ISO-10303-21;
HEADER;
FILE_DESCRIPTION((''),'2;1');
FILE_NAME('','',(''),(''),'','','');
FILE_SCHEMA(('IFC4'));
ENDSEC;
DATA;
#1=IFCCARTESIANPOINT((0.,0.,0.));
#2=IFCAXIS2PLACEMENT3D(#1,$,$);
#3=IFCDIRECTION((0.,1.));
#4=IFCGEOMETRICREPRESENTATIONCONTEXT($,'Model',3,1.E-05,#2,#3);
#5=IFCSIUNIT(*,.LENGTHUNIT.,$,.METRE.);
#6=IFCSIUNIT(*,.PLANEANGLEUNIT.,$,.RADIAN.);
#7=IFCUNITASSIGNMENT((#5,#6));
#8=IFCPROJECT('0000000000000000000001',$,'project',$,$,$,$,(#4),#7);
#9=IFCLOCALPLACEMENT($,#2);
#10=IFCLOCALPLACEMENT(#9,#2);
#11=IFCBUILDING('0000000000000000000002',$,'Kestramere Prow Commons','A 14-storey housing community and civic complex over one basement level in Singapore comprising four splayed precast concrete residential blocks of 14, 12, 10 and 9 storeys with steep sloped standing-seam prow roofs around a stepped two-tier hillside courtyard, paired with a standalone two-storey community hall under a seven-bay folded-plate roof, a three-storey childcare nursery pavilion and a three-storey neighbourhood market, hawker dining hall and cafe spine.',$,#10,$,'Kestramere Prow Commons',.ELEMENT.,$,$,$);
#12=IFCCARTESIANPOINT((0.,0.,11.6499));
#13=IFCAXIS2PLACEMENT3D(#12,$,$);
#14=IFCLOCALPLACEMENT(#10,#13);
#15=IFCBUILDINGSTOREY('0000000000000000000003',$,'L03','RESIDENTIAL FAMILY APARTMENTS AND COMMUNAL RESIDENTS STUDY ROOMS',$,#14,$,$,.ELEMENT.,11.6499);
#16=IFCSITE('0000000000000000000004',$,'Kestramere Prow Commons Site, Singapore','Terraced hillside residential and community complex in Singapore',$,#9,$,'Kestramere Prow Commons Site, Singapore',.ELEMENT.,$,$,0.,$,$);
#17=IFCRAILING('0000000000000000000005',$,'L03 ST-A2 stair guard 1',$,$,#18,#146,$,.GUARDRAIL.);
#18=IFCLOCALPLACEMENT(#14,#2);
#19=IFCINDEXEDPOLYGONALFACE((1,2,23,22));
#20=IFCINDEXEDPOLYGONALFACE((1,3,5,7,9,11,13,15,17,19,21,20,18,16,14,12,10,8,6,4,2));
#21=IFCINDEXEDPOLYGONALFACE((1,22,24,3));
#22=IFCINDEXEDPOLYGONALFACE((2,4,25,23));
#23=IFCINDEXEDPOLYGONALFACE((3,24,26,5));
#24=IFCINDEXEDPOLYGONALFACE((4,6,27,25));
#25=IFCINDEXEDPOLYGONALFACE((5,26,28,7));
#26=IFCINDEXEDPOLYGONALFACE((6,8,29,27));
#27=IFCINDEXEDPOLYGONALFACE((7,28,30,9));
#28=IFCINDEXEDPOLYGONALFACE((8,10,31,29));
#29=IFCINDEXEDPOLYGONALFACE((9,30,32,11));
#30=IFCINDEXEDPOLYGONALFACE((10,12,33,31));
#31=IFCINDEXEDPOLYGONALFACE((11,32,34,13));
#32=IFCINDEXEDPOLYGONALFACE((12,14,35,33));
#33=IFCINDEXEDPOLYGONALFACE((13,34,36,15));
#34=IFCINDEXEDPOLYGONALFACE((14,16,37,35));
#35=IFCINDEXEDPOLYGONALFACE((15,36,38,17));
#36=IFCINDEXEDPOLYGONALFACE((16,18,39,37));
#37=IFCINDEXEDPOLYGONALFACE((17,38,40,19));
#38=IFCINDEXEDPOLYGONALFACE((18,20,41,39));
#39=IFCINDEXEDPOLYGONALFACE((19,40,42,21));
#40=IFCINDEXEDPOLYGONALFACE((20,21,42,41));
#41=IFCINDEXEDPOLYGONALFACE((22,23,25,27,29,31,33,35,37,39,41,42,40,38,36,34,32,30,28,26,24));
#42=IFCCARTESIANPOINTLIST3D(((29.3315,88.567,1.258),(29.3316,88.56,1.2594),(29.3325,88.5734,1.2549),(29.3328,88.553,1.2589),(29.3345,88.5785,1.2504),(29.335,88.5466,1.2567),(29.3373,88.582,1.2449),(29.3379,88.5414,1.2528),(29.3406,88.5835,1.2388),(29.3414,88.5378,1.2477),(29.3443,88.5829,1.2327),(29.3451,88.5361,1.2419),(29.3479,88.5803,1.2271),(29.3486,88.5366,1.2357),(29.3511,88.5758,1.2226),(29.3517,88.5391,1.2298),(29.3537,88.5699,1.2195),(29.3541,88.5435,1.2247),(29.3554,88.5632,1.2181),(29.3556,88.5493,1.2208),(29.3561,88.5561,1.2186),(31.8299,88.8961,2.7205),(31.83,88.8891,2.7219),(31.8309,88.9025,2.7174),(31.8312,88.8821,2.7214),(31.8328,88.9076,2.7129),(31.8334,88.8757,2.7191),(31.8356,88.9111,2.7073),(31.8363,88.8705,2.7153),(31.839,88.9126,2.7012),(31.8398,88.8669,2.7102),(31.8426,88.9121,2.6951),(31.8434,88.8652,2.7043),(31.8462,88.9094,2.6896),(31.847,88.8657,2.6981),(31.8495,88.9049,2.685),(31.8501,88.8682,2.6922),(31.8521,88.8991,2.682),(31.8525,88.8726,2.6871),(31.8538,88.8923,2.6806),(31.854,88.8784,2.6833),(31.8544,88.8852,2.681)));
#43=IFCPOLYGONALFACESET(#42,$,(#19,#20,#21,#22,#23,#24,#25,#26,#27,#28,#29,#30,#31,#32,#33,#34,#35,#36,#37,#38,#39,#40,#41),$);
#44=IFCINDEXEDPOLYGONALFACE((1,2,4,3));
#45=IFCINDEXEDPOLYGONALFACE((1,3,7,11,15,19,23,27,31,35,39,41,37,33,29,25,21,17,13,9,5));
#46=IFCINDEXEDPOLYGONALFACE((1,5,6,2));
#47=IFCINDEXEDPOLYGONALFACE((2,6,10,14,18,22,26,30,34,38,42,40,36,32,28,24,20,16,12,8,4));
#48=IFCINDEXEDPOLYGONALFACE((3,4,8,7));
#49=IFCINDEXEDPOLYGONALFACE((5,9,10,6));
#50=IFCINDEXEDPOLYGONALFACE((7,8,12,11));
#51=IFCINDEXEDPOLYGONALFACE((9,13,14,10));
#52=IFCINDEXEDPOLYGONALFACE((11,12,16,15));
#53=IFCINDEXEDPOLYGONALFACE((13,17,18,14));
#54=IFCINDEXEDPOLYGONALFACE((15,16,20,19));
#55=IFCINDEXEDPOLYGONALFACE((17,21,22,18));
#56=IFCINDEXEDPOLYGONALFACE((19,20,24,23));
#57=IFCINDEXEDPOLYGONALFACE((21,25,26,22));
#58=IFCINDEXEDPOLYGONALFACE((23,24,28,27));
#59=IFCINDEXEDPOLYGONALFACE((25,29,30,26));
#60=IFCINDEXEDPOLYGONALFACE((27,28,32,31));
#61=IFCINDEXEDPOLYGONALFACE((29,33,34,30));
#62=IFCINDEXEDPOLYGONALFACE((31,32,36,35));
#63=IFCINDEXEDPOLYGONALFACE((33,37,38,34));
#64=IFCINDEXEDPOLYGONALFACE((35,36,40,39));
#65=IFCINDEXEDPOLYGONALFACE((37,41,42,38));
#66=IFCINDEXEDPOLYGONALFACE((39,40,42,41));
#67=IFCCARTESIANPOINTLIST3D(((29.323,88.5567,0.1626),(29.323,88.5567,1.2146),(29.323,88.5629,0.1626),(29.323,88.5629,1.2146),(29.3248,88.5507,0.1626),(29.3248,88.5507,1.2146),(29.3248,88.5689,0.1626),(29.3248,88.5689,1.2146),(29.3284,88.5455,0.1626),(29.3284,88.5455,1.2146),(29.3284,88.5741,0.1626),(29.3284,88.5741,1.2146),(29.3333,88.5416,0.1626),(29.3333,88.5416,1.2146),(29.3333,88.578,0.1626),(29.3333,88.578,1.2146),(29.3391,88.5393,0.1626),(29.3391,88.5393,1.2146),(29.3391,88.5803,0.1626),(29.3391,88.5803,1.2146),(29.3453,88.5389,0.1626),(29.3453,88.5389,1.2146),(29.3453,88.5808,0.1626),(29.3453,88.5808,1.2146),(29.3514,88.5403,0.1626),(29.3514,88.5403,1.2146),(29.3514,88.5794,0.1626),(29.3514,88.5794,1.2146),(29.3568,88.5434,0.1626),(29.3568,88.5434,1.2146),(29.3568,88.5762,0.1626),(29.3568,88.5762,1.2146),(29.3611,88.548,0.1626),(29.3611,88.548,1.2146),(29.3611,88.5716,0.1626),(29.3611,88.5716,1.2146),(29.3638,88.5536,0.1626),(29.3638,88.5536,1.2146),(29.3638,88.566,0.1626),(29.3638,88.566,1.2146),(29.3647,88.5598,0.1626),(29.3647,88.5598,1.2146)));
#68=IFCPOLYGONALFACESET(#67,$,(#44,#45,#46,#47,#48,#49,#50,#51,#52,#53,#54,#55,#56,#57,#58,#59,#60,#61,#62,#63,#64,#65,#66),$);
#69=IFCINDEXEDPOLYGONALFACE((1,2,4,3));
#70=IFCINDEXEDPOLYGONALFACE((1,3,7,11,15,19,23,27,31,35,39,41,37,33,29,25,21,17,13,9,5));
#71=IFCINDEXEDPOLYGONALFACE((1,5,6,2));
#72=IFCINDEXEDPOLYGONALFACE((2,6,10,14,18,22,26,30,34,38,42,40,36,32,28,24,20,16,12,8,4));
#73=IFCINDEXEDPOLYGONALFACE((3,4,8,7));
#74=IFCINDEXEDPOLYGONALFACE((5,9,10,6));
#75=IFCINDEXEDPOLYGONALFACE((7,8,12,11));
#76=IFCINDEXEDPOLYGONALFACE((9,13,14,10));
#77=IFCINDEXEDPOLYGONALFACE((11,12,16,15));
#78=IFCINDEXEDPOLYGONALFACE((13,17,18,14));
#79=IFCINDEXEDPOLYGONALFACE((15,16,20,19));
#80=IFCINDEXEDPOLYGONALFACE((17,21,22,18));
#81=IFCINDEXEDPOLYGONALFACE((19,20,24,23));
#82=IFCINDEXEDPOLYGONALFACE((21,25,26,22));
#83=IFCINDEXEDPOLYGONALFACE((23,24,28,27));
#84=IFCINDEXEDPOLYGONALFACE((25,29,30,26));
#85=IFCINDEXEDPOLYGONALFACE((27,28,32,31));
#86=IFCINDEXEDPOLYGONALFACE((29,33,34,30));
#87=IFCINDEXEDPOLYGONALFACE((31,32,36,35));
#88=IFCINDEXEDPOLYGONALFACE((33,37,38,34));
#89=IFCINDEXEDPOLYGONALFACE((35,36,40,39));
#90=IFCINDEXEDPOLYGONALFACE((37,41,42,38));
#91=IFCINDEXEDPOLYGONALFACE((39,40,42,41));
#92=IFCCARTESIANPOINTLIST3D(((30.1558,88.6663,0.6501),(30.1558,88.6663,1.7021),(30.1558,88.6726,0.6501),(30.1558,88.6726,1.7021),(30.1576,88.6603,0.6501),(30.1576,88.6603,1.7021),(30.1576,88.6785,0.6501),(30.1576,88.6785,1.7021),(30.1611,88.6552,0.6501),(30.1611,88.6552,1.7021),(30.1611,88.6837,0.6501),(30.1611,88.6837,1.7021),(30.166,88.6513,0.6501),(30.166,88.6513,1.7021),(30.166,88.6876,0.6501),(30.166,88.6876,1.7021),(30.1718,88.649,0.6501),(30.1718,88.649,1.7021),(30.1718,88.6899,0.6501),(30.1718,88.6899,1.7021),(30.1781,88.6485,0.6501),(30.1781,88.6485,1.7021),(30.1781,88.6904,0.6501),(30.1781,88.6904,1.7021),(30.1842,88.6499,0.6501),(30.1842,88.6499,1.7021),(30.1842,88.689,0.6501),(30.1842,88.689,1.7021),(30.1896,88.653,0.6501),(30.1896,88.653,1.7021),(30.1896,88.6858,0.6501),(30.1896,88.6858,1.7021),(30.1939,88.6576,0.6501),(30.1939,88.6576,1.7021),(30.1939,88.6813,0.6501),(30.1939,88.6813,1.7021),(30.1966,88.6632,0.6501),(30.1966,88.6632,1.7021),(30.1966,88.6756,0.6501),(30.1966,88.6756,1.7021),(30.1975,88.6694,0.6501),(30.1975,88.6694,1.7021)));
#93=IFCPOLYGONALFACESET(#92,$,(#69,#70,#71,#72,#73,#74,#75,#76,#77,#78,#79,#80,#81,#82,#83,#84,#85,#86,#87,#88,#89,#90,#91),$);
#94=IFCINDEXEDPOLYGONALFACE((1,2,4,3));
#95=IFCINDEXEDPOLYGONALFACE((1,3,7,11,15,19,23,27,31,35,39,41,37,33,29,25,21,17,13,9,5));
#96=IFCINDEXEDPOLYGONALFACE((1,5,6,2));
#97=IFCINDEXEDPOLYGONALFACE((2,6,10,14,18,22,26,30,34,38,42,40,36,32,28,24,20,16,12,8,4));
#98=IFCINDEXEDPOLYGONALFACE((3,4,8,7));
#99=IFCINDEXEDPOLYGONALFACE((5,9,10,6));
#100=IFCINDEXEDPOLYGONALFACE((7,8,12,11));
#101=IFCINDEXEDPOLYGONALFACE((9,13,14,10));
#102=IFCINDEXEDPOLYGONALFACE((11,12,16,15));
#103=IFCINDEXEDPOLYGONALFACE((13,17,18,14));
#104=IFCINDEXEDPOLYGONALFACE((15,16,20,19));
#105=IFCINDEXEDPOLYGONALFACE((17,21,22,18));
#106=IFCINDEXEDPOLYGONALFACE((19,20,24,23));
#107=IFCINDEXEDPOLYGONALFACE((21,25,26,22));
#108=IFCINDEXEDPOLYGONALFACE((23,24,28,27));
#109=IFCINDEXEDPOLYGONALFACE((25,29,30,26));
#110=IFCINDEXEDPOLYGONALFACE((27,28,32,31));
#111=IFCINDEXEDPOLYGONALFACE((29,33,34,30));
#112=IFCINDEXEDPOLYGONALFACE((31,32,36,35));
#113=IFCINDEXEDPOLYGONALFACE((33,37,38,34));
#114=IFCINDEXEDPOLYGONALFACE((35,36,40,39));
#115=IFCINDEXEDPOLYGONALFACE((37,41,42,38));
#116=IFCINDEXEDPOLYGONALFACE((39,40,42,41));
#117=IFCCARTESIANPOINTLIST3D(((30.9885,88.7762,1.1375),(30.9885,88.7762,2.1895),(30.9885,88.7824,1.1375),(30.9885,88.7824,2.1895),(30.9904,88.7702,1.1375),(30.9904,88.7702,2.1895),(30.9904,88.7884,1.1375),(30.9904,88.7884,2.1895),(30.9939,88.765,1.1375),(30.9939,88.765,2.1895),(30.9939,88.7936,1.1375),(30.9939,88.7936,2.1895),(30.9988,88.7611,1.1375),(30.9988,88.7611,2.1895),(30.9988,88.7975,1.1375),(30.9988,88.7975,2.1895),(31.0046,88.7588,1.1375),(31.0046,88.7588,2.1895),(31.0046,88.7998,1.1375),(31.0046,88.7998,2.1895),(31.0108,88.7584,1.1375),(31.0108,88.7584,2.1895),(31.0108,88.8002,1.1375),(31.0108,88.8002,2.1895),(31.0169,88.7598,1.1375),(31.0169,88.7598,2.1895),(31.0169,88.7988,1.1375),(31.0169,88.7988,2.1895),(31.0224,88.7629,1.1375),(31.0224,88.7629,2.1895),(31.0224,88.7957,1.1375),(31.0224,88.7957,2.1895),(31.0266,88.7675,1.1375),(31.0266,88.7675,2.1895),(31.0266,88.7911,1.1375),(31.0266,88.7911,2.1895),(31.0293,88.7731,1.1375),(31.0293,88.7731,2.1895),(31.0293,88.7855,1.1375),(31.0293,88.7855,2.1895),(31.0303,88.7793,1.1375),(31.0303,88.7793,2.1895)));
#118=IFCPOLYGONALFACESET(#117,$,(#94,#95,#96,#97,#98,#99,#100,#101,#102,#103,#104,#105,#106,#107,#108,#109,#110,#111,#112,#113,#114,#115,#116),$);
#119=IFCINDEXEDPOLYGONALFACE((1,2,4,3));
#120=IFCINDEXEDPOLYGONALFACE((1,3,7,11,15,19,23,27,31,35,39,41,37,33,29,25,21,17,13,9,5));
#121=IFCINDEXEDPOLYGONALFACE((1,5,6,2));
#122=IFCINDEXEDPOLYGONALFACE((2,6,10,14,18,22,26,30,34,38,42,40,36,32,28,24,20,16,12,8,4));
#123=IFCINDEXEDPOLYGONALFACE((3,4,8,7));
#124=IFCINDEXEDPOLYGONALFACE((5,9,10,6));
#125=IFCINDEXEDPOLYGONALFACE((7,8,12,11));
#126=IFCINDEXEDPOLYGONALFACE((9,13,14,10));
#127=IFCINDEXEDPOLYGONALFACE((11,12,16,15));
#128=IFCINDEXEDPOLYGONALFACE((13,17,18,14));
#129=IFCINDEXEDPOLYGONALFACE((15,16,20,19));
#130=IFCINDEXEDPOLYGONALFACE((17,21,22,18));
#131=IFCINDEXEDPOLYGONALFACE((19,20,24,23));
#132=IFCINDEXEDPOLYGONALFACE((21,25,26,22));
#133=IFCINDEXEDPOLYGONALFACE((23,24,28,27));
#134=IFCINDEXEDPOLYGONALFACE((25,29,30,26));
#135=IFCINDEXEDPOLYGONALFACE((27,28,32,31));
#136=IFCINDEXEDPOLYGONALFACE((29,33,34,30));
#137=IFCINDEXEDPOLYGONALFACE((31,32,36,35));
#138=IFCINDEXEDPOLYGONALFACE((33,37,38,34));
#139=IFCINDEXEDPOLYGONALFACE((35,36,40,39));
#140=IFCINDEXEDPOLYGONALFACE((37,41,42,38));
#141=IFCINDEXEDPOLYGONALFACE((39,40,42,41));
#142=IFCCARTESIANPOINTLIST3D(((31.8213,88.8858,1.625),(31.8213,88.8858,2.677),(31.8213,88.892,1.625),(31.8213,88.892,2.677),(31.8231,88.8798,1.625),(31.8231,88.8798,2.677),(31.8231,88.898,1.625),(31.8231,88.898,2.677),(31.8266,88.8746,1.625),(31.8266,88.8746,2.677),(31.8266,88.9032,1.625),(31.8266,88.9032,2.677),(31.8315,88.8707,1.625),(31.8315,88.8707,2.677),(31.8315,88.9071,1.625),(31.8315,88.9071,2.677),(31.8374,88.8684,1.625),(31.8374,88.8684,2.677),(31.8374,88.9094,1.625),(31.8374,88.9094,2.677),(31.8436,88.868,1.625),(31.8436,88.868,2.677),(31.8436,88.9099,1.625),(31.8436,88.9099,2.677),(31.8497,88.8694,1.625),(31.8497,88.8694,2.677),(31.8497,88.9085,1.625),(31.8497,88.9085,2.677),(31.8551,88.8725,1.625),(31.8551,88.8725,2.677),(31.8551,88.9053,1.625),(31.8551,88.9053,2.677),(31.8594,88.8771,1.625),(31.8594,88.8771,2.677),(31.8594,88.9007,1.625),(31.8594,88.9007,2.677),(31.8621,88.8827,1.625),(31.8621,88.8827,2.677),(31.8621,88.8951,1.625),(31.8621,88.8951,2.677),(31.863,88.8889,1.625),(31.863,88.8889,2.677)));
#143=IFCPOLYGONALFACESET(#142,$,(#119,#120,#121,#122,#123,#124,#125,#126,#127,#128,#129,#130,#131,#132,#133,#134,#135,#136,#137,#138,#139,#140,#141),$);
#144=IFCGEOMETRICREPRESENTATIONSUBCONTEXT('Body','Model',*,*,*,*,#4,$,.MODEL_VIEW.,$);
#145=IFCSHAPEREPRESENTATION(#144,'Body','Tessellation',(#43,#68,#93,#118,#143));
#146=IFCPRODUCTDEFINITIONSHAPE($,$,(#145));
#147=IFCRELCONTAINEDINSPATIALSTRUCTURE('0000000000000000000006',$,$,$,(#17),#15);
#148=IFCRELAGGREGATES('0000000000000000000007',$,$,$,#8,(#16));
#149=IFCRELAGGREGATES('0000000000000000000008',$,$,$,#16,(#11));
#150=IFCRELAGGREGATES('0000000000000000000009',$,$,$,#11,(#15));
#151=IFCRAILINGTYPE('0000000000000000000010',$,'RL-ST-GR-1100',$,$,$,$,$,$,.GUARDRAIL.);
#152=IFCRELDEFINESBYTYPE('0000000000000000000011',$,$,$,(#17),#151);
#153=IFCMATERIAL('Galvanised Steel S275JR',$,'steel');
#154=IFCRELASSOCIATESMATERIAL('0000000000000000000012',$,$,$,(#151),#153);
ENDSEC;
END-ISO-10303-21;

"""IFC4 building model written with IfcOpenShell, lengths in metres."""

from ifc_helpers import new_model, si_unit, direction, frame, origin, origin_2d, place, context, subcontext, project, spatial, circle, extrude, material, type_object, element, save


model = new_model("IFC4")

# Units and contexts
model_context = context("Model", 3, precision=1e-05, world=origin(), true_north=direction((0.0, 1.0)))
body_context = subcontext(model_context, "Body", "Model", "MODEL_VIEW")
ifc_project = project(units=[si_unit("LENGTHUNIT", "METRE"), si_unit("PLANEANGLEUNIT", "RADIAN")], contexts=[model_context])

# Site, building, storey
site_placement = place(None, origin())
site = spatial("IfcSite", under=ifc_project, at=site_placement, Name="Kestramere Prow Commons Site, Singapore", Description="Terraced hillside residential and community complex in Singapore", LongName="Kestramere Prow Commons Site, Singapore", CompositionType="ELEMENT", RefElevation=0.0)
building_placement = place(site_placement, origin())
building = spatial("IfcBuilding", under=site, at=building_placement, Name="Kestramere Prow Commons", Description="A 14-storey housing community and civic complex over one basement level in Singapore comprising four splayed precast concrete residential blocks of 14, 12, 10 and 9 storeys with steep sloped standing-seam prow roofs around a stepped two-tier hillside courtyard, paired with a standalone two-storey community hall under a seven-bay folded-plate roof, a three-storey childcare nursery pavilion and a three-storey neighbourhood market, hawker dining hall and cafe spine.", LongName="Kestramere Prow Commons", CompositionType="ELEMENT")
storey_placement = place(building_placement, frame((0.0, 0.0, 11.6499)))
storey = spatial("IfcBuildingStorey", under=building, at=storey_placement, Name="L03", Description="RESIDENTIAL FAMILY APARTMENTS AND COMMUNAL RESIDENTS STUDY ROOMS", CompositionType="ELEMENT", Elevation=11.6499)

# Railing
ifc_material_1 = material(Name="Galvanised Steel S275JR", Category="steel")
railing_type_1 = type_object("IfcRailingType", Name="RL-ST-GR-1100", PredefinedType="GUARDRAIL", material=ifc_material_1)
railing_1_placement = place(storey_placement, frame((29.3438, 88.5598, 0.1626)))
element("IfcRailing", 1, at=railing_1_placement, inside=storey, type_object=railing_type_1, Name="L03 ST-A2 stair guard 1", PredefinedType="GUARDRAIL", context=body_context, shape_type="SweptSolid", body=[
    extrude(circle(Radius=0.0239, at=origin_2d()), frame((0.0, 0.0, 1.0762), z_axis=(0.857493, 0.112958, 0.501943), x_axis=(-0.130602, 0.991435, 0.0)), (0.0, 0.0, 1.0), 2.9136),
    extrude(circle(Radius=0.021, at=origin_2d()), origin(), (0.0, 0.0, 1.0), 1.052),
    extrude(circle(Radius=0.021, at=origin_2d()), frame((0.8328, 0.1096, 0.4875)), (0.0, 0.0, 1.0), 1.052),
    extrude(circle(Radius=0.021, at=origin_2d()), frame((1.6655, 0.2195, 0.9749)), (0.0, 0.0, 1.0), 1.052),
    extrude(circle(Radius=0.021, at=origin_2d()), frame((2.4983, 0.3291, 1.4624)), (0.0, 0.0, 1.0), 1.052),
])

save(model, "model.ifc")
